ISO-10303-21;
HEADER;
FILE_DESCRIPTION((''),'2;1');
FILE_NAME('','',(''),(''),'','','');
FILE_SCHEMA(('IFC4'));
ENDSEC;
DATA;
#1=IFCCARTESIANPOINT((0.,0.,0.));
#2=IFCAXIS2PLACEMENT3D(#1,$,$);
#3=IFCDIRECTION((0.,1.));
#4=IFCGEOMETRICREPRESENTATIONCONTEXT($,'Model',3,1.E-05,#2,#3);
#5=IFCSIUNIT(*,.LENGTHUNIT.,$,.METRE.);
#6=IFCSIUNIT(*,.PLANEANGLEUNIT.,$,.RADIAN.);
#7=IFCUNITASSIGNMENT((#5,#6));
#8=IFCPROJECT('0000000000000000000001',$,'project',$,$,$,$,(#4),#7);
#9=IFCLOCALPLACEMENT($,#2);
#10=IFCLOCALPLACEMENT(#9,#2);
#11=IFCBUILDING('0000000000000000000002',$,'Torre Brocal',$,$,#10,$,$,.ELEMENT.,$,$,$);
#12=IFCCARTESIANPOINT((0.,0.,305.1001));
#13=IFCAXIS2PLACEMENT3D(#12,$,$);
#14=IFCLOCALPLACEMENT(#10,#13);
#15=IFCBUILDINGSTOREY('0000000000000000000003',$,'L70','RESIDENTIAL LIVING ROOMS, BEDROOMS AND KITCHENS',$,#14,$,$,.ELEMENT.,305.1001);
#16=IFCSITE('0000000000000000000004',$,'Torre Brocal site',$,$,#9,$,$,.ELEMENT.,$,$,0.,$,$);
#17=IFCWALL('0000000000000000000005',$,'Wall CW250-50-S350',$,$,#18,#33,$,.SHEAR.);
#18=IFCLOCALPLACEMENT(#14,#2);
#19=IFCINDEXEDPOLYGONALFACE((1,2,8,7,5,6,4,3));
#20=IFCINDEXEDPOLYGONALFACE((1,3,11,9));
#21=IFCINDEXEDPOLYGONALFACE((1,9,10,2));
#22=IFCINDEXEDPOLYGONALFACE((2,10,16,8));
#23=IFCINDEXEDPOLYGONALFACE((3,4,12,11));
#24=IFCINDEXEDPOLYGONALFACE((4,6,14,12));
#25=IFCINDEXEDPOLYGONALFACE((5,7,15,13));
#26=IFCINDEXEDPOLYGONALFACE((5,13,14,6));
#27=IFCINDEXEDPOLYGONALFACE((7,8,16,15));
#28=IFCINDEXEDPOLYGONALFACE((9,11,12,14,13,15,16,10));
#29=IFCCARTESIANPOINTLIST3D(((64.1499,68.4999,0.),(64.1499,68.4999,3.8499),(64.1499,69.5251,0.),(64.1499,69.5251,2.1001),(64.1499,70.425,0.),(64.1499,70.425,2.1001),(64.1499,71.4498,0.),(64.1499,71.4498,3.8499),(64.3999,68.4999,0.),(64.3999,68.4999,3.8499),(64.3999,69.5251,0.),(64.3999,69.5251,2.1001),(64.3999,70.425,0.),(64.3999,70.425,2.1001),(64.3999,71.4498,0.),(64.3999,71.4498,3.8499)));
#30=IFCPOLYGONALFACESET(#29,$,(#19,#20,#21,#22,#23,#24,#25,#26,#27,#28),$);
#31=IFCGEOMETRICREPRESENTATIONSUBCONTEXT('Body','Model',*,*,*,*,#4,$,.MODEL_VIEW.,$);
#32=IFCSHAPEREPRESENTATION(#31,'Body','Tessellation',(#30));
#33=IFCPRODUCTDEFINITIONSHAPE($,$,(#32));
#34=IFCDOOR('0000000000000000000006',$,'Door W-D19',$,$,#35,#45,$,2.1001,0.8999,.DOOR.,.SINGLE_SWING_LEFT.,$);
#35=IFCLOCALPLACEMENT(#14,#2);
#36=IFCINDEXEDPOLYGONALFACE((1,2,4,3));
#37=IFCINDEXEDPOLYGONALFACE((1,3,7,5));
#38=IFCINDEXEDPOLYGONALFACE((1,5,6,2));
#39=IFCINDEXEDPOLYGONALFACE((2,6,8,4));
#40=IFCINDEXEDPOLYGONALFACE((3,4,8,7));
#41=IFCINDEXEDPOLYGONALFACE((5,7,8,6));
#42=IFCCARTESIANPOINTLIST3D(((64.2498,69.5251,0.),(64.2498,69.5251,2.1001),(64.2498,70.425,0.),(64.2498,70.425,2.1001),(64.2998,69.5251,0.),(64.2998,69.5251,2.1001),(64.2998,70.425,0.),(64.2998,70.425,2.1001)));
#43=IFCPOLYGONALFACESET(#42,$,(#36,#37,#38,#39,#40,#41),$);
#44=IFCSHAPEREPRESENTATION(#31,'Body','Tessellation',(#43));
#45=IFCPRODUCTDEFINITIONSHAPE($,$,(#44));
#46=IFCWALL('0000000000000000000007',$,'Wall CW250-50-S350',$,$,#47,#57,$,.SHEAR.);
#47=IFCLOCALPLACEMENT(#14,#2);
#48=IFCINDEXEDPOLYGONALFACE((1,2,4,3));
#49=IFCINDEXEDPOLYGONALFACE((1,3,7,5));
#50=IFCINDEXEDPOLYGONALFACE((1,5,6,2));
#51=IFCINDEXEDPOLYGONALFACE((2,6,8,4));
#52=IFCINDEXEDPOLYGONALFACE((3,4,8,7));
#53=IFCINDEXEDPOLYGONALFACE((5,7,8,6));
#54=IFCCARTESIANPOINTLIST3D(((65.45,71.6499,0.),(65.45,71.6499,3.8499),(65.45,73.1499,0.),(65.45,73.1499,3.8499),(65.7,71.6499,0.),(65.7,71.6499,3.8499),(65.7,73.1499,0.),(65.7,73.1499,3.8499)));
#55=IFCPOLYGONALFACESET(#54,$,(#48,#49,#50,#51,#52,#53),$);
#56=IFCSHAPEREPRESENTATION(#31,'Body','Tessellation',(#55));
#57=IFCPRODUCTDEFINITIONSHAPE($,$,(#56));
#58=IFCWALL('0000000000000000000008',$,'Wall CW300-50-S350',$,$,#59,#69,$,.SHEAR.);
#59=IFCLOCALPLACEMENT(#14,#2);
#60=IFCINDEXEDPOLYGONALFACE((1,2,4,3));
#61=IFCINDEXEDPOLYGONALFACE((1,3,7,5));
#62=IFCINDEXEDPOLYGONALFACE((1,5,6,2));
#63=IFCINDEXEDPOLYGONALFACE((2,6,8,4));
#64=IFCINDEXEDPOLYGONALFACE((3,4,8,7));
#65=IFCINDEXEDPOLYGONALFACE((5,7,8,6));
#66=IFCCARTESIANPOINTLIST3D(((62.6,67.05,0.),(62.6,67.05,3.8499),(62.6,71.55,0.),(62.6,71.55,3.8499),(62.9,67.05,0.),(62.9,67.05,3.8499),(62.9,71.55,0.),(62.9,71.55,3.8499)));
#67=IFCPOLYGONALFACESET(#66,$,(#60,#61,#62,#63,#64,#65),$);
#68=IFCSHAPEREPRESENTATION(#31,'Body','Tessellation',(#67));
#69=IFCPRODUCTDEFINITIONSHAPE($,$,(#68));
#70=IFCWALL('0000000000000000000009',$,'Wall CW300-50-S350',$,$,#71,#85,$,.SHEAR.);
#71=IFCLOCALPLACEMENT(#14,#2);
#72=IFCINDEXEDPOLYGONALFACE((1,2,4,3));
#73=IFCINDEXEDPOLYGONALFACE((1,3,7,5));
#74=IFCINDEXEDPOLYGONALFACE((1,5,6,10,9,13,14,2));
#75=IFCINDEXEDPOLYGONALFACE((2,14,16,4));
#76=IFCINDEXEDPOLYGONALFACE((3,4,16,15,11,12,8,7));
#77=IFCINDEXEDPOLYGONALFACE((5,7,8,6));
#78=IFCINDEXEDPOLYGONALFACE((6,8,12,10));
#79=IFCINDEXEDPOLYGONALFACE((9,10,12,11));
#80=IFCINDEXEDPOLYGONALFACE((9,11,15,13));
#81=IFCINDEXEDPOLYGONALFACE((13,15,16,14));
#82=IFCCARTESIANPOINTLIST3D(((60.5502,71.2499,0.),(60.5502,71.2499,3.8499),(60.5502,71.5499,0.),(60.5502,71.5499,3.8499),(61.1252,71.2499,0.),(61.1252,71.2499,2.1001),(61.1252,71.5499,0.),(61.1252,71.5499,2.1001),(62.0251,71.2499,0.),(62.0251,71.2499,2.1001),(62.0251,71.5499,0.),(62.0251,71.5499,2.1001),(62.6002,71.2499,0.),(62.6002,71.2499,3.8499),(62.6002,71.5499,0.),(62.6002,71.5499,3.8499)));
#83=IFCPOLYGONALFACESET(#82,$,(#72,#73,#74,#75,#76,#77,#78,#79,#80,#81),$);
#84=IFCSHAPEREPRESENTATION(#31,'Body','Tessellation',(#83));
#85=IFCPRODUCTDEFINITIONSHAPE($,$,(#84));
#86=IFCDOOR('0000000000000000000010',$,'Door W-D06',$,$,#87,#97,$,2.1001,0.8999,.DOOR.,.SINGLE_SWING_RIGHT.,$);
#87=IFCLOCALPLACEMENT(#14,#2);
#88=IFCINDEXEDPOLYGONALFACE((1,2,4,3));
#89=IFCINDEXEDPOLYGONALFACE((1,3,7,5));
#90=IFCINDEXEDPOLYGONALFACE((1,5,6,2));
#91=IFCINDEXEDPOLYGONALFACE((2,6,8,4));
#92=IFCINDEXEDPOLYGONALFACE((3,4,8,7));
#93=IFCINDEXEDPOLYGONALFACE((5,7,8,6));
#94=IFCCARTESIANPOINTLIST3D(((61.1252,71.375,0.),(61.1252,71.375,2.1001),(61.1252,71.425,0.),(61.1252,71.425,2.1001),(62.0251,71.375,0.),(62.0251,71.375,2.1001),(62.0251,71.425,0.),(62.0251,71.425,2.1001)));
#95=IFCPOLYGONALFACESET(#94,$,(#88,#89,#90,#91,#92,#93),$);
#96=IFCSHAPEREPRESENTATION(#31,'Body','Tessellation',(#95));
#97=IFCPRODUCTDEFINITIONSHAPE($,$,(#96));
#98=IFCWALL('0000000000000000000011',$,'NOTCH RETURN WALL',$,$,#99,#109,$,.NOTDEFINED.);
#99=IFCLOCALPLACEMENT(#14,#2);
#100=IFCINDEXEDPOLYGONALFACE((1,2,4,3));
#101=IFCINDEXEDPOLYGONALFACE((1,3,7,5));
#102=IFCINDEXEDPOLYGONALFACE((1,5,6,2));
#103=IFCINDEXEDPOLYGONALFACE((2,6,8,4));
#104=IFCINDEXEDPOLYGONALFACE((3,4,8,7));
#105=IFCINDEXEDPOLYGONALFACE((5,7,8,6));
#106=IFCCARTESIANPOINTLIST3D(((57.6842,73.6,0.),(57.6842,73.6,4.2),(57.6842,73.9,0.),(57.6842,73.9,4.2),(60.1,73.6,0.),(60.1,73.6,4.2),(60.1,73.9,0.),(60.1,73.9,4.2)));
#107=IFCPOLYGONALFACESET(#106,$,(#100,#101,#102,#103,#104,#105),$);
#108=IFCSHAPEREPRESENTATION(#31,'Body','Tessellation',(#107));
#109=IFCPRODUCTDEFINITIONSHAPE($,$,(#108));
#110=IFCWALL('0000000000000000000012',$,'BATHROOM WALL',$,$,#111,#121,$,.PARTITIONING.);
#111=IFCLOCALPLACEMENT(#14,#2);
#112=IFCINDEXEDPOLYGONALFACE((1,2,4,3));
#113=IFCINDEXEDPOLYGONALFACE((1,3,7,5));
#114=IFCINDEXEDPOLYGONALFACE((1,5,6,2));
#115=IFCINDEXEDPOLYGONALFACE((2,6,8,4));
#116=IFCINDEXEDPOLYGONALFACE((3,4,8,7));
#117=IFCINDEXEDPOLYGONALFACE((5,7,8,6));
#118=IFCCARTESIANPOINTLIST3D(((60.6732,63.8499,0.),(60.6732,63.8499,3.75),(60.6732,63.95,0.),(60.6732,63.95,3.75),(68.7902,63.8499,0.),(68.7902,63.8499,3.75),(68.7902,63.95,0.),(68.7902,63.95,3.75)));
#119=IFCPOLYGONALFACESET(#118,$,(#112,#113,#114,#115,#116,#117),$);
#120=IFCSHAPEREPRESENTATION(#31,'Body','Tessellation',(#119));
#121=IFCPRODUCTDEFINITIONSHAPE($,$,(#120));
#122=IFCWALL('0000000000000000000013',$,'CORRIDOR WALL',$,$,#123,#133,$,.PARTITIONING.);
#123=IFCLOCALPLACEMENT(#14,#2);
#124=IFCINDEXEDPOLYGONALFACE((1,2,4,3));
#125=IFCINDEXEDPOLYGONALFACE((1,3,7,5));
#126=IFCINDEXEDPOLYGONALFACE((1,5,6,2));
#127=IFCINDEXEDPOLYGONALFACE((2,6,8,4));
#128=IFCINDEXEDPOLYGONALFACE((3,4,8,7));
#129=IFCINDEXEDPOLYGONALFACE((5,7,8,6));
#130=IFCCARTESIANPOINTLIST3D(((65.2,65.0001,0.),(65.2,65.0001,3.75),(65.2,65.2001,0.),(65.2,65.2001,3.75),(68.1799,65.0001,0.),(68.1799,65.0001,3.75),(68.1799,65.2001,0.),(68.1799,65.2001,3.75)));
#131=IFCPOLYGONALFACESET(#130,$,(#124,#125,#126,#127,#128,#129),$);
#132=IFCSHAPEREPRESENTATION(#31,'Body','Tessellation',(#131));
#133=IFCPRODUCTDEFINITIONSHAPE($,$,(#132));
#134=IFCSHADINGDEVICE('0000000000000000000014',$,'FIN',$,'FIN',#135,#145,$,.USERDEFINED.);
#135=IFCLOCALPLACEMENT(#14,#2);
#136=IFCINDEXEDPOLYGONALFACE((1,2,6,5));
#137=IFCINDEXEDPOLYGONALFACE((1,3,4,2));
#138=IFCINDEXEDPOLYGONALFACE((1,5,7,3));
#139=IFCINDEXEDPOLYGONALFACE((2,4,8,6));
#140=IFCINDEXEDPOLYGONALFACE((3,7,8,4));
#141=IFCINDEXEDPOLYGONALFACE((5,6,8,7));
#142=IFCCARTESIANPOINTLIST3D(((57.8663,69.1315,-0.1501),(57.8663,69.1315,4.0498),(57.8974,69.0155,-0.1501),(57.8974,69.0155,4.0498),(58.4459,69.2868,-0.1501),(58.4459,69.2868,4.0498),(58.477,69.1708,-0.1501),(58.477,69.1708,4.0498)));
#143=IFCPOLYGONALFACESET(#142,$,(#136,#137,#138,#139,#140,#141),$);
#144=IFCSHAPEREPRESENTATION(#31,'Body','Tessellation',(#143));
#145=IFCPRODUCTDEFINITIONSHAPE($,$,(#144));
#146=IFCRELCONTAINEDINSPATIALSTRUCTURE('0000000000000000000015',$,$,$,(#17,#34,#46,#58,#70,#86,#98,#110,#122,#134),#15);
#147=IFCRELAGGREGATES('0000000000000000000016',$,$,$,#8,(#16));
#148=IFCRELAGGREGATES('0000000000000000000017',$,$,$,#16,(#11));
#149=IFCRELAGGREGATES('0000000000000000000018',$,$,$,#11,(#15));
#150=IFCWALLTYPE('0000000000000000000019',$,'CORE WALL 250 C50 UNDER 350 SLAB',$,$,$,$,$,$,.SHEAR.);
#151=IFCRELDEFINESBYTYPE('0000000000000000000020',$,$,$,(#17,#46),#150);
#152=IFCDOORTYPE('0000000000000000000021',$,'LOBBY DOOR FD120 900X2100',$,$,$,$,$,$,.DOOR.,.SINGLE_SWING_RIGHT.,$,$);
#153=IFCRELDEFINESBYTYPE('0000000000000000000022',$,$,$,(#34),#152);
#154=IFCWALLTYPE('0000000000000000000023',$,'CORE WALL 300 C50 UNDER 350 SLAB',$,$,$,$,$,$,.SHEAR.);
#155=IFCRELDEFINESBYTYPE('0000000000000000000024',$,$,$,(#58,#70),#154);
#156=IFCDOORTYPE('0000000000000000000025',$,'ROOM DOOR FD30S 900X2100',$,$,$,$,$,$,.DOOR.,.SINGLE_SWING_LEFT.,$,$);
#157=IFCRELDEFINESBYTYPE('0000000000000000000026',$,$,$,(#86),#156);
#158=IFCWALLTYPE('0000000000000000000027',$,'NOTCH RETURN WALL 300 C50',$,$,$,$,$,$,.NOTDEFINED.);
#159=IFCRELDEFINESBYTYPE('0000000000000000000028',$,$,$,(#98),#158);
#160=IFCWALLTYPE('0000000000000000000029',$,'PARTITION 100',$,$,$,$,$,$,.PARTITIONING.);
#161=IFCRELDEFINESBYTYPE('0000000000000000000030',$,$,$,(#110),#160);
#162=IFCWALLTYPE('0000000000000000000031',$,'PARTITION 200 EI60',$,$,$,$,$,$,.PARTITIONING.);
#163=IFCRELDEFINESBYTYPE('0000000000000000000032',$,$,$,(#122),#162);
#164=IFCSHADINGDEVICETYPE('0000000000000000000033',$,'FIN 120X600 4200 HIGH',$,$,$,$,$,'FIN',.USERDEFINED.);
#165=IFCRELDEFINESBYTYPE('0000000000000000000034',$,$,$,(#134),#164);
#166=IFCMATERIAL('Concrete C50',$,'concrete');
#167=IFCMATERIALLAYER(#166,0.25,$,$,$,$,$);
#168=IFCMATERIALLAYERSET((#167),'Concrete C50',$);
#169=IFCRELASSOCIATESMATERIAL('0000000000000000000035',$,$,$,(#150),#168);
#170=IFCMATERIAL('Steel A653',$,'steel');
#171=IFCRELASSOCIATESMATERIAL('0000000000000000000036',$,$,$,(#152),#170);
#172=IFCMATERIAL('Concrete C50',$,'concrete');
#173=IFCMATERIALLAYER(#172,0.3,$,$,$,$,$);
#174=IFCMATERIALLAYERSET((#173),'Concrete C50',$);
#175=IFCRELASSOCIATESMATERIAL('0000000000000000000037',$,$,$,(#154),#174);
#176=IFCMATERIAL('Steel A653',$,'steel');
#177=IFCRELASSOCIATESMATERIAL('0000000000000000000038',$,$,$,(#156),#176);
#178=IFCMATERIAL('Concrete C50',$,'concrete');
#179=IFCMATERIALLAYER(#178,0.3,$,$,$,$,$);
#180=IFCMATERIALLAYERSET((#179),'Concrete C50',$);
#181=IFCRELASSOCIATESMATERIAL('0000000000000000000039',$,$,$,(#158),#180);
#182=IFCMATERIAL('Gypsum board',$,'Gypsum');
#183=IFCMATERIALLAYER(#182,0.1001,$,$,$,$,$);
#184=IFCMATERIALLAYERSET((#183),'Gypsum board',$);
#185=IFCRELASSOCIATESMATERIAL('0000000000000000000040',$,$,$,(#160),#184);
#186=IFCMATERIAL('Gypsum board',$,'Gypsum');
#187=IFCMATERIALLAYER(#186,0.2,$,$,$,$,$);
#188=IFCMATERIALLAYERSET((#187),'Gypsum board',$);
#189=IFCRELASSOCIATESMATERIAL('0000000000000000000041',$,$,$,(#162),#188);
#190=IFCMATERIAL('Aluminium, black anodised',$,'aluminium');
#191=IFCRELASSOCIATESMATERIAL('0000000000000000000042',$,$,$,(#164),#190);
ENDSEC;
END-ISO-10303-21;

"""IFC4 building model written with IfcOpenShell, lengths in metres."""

from ifc_helpers import new_model, si_unit, direction, frame, frame_2d, origin, origin_2d, place, context, subcontext, project, spatial, rectangle, extrude, material, layer, layer_set, material_profile, profile_set, type_object, element, fill, save


model = new_model("IFC4")

# Units and contexts
model_context = context("Model", 3, precision=1e-05, world=origin(), true_north=direction((0.0, 1.0)))
body_context = subcontext(model_context, "Body", "Model", "MODEL_VIEW")
ifc_project = project(units=[si_unit("LENGTHUNIT", "METRE"), si_unit("PLANEANGLEUNIT", "RADIAN")], contexts=[model_context])

# Site, building, storey
site_placement = place(None, origin())
site = spatial("IfcSite", under=ifc_project, at=site_placement, Name="Torre Brocal site", CompositionType="ELEMENT", RefElevation=0.0)
building_placement = place(site_placement, origin())
building = spatial("IfcBuilding", under=site, at=building_placement, Name="Torre Brocal", CompositionType="ELEMENT")
storey_placement = place(building_placement, frame((0.0, 0.0, 305.1001)))
storey = spatial("IfcBuildingStorey", under=building, at=storey_placement, Name="L70", Description="RESIDENTIAL LIVING ROOMS, BEDROOMS AND KITCHENS", CompositionType="ELEMENT", Elevation=305.1001)

# Wall, opening, door
ifc_material_1 = material(Name="Concrete C50", Category="concrete")
ifc_layer_1 = layer(ifc_material_1, 0.25)
ifc_layer_set_1 = layer_set([ifc_layer_1], Name="Concrete C50")
wall_type_1 = type_object("IfcWallType", Name="CORE WALL 250 C50 UNDER 350 SLAB", PredefinedType="SHEAR", material=ifc_layer_set_1)
wall_1_placement = place(storey_placement, frame((64.2749, 71.45, 0.0), z_axis=(0.0, 0.0, 1.0), x_axis=(0.0, -1.0, 0.0)))
wall_1 = element("IfcWall", 1, at=wall_1_placement, inside=storey, type_object=wall_type_1, Name="Wall CW250-50-S350", PredefinedType="SHEAR", context=body_context, shape_type="SweptSolid", body=[
    extrude(rectangle(XDim=2.95, YDim=0.25, at=frame_2d((1.4751, 0.0))), origin(), (0.0, 0.0, 1.0), 3.8499),
])
opening_1_placement = place(wall_1_placement, frame((1.0249, 0.0, 0.0)))
opening_1 = element("IfcOpeningElement", 2, at=opening_1_placement, cuts=wall_1, PredefinedType="OPENING", context=body_context, shape_type="SweptSolid", body=[
    extrude(rectangle(XDim=0.8999, YDim=2.1001, at=frame_2d((0.45, 1.05))), frame((0.0, 0.135, 0.0), z_axis=(0.0, -1.0, 0.0), x_axis=(1.0, 0.0, 0.0)), (0.0, 0.0, 1.0), 0.27),
])
ifc_material_2 = material(Name="Steel A653", Category="steel")
door_type_1 = type_object("IfcDoorType", Name="LOBBY DOOR FD120 900X2100", OperationType="SINGLE_SWING_RIGHT", PredefinedType="DOOR", material=ifc_material_2)
door_1_placement = place(opening_1_placement, origin())
door_1 = element("IfcDoor", 3, at=door_1_placement, inside=storey, type_object=door_type_1, Name="Door W-D19", OperationType="SINGLE_SWING_LEFT", OverallHeight=2.1001, OverallWidth=0.8999, PredefinedType="DOOR", context=body_context, shape_type="SweptSolid", body=[
    extrude(rectangle(XDim=0.8999, YDim=2.1001, at=frame_2d((0.45, 1.05))), frame((0.0, 0.0249, 0.0), z_axis=(0.0, -1.0, 0.0), x_axis=(1.0, 0.0, 0.0)), (0.0, 0.0, 1.0), 0.05),
])
fill(opening_1, door_1)

# Walls
wall_2_placement = place(storey_placement, frame((65.575, 73.1499, 0.0), z_axis=(0.0, 0.0, 1.0), x_axis=(0.0, -1.0, 0.0)))
element("IfcWall", 4, at=wall_2_placement, inside=storey, type_object=wall_type_1, Name="Wall CW250-50-S350", PredefinedType="SHEAR", context=body_context, shape_type="SweptSolid", body=[
    extrude(rectangle(XDim=1.5, YDim=0.25, at=frame_2d((0.75, 0.0))), origin(), (0.0, 0.0, 1.0), 3.8499),
])
ifc_material_3 = material(Name="Concrete C50", Category="concrete")
ifc_layer_2 = layer(ifc_material_3, 0.3)
ifc_layer_set_2 = layer_set([ifc_layer_2], Name="Concrete C50")
wall_type_2 = type_object("IfcWallType", Name="CORE WALL 300 C50 UNDER 350 SLAB", PredefinedType="SHEAR", material=ifc_layer_set_2)
wall_3_placement = place(storey_placement, frame((62.75, 71.55, 0.0), z_axis=(0.0, 0.0, 1.0), x_axis=(0.0, -1.0, 0.0)))
element("IfcWall", 5, at=wall_3_placement, inside=storey, type_object=wall_type_2, Name="Wall CW300-50-S350", PredefinedType="SHEAR", context=body_context, shape_type="SweptSolid", body=[
    extrude(rectangle(XDim=4.5, YDim=0.3, at=frame_2d((2.25, 0.0))), origin(), (0.0, 0.0, 1.0), 3.8499),
])

# Wall, opening, door
wall_4_placement = place(storey_placement, frame((62.6001, 71.3999, 0.0), z_axis=(0.0, 0.0, 1.0), x_axis=(-1.0, 0.0, 0.0)))
wall_4 = element("IfcWall", 6, at=wall_4_placement, inside=storey, type_object=wall_type_2, Name="Wall CW300-50-S350", PredefinedType="SHEAR", context=body_context, shape_type="SweptSolid", body=[
    extrude(rectangle(XDim=2.05, YDim=0.3, at=frame_2d((1.0249, 0.0))), origin(), (0.0, 0.0, 1.0), 3.8499),
])
opening_2_placement = place(wall_4_placement, frame((0.575, 0.0, 0.0)))
opening_2 = element("IfcOpeningElement", 7, at=opening_2_placement, cuts=wall_4, PredefinedType="OPENING", context=body_context, shape_type="SweptSolid", body=[
    extrude(rectangle(XDim=0.8999, YDim=2.1001, at=frame_2d((0.45, 1.05))), frame((0.0, 0.1599, 0.0), z_axis=(0.0, -1.0, 0.0), x_axis=(1.0, 0.0, 0.0)), (0.0, 0.0, 1.0), 0.3201),
])
ifc_material_4 = material(Name="Steel A653", Category="steel")
door_type_2 = type_object("IfcDoorType", Name="ROOM DOOR FD30S 900X2100", OperationType="SINGLE_SWING_LEFT", PredefinedType="DOOR", material=ifc_material_4)
door_2_placement = place(opening_2_placement, origin())
door_2 = element("IfcDoor", 8, at=door_2_placement, inside=storey, type_object=door_type_2, Name="Door W-D06", OperationType="SINGLE_SWING_RIGHT", OverallHeight=2.1001, OverallWidth=0.8999, PredefinedType="DOOR", context=body_context, shape_type="SweptSolid", body=[
    extrude(rectangle(XDim=0.8999, YDim=2.1001, at=frame_2d((0.45, 1.05))), frame((0.0, 0.0249, 0.0), z_axis=(0.0, -1.0, 0.0), x_axis=(1.0, 0.0, 0.0)), (0.0, 0.0, 1.0), 0.05),
])
fill(opening_2, door_2)

# Walls
ifc_material_5 = material(Name="Concrete C50", Category="concrete")
ifc_layer_3 = layer(ifc_material_5, 0.3)
ifc_layer_set_3 = layer_set([ifc_layer_3], Name="Concrete C50")
wall_type_3 = type_object("IfcWallType", Name="NOTCH RETURN WALL 300 C50", PredefinedType="NOTDEFINED", material=ifc_layer_set_3)
wall_5_placement = place(storey_placement, frame((60.1001, 73.75, 0.0), z_axis=(0.0, 0.0, 1.0), x_axis=(-1.0, 0.0, 0.0)))
element("IfcWall", 9, at=wall_5_placement, inside=storey, type_object=wall_type_3, Name="NOTCH RETURN WALL", PredefinedType="NOTDEFINED", context=body_context, shape_type="SweptSolid", body=[
    extrude(rectangle(XDim=2.4158, YDim=0.3, at=frame_2d((1.208, 0.0))), origin(), (0.0, 0.0, 1.0), 4.2),
])
ifc_material_6 = material(Name="Gypsum board", Category="Gypsum")
ifc_layer_4 = layer(ifc_material_6, 0.1001)
ifc_layer_set_4 = layer_set([ifc_layer_4], Name="Gypsum board")
wall_type_4 = type_object("IfcWallType", Name="PARTITION 100", PredefinedType="PARTITIONING", material=ifc_layer_set_4)
wall_6_placement = place(storey_placement, frame((60.6731, 63.8999, 0.0), z_axis=(0.0, 0.0, 1.0), x_axis=(1.0, 0.0, 0.0)))
element("IfcWall", 10, at=wall_6_placement, inside=storey, type_object=wall_type_4, Name="BATHROOM WALL", PredefinedType="PARTITIONING", context=body_context, shape_type="SweptSolid", body=[
    extrude(rectangle(XDim=8.1169, YDim=0.1001, at=frame_2d((4.0586, 0.0))), origin(), (0.0, 0.0, 1.0), 3.75),
])
ifc_material_7 = material(Name="Gypsum board", Category="Gypsum")
ifc_layer_5 = layer(ifc_material_7, 0.2)
ifc_layer_set_5 = layer_set([ifc_layer_5], Name="Gypsum board")
wall_type_5 = type_object("IfcWallType", Name="PARTITION 200 EI60", PredefinedType="PARTITIONING", material=ifc_layer_set_5)
wall_7_placement = place(storey_placement, frame((65.2, 65.1001, 0.0), z_axis=(0.0, 0.0, 1.0), x_axis=(1.0, 0.0, 0.0)))
element("IfcWall", 11, at=wall_7_placement, inside=storey, type_object=wall_type_5, Name="CORRIDOR WALL", PredefinedType="PARTITIONING", context=body_context, shape_type="SweptSolid", body=[
    extrude(rectangle(XDim=2.98, YDim=0.2, at=frame_2d((1.49, 0.0))), origin(), (0.0, 0.0, 1.0), 3.75),
])

# Shading device
ifc_material_8 = material(Name="Aluminium, black anodised", Category="aluminium")
ifc_material_profile_1 = material_profile(ifc_material_8, rectangle(XDim=0.1201, YDim=0.6001, at=origin_2d()), Name="FIN 120X600 4200 HIGH")
ifc_profile_set_1 = profile_set([ifc_material_profile_1], Name="Aluminium, black anodised")
shading_device_type = type_object("IfcShadingDeviceType", Name="FIN 120X600 4200 HIGH", ElementType="FIN", PredefinedType="USERDEFINED", material=ifc_profile_set_1)
shading_device_placement = place(storey_placement, frame((58.1716, 69.1511, -0.1501), z_axis=(0.0, 0.0, 1.0), x_axis=(0.258819, -0.965926, 0.0)))
element("IfcShadingDevice", 12, at=shading_device_placement, inside=storey, type_object=shading_device_type, Name="FIN", ObjectType="FIN", PredefinedType="USERDEFINED", context=body_context, shape_type="SweptSolid", body=[
    extrude(rectangle(XDim=0.1201, YDim=0.6001, at=origin_2d()), origin(), (0.0, 0.0, 1.0), 4.2),
])

save(model, "model.ifc")
